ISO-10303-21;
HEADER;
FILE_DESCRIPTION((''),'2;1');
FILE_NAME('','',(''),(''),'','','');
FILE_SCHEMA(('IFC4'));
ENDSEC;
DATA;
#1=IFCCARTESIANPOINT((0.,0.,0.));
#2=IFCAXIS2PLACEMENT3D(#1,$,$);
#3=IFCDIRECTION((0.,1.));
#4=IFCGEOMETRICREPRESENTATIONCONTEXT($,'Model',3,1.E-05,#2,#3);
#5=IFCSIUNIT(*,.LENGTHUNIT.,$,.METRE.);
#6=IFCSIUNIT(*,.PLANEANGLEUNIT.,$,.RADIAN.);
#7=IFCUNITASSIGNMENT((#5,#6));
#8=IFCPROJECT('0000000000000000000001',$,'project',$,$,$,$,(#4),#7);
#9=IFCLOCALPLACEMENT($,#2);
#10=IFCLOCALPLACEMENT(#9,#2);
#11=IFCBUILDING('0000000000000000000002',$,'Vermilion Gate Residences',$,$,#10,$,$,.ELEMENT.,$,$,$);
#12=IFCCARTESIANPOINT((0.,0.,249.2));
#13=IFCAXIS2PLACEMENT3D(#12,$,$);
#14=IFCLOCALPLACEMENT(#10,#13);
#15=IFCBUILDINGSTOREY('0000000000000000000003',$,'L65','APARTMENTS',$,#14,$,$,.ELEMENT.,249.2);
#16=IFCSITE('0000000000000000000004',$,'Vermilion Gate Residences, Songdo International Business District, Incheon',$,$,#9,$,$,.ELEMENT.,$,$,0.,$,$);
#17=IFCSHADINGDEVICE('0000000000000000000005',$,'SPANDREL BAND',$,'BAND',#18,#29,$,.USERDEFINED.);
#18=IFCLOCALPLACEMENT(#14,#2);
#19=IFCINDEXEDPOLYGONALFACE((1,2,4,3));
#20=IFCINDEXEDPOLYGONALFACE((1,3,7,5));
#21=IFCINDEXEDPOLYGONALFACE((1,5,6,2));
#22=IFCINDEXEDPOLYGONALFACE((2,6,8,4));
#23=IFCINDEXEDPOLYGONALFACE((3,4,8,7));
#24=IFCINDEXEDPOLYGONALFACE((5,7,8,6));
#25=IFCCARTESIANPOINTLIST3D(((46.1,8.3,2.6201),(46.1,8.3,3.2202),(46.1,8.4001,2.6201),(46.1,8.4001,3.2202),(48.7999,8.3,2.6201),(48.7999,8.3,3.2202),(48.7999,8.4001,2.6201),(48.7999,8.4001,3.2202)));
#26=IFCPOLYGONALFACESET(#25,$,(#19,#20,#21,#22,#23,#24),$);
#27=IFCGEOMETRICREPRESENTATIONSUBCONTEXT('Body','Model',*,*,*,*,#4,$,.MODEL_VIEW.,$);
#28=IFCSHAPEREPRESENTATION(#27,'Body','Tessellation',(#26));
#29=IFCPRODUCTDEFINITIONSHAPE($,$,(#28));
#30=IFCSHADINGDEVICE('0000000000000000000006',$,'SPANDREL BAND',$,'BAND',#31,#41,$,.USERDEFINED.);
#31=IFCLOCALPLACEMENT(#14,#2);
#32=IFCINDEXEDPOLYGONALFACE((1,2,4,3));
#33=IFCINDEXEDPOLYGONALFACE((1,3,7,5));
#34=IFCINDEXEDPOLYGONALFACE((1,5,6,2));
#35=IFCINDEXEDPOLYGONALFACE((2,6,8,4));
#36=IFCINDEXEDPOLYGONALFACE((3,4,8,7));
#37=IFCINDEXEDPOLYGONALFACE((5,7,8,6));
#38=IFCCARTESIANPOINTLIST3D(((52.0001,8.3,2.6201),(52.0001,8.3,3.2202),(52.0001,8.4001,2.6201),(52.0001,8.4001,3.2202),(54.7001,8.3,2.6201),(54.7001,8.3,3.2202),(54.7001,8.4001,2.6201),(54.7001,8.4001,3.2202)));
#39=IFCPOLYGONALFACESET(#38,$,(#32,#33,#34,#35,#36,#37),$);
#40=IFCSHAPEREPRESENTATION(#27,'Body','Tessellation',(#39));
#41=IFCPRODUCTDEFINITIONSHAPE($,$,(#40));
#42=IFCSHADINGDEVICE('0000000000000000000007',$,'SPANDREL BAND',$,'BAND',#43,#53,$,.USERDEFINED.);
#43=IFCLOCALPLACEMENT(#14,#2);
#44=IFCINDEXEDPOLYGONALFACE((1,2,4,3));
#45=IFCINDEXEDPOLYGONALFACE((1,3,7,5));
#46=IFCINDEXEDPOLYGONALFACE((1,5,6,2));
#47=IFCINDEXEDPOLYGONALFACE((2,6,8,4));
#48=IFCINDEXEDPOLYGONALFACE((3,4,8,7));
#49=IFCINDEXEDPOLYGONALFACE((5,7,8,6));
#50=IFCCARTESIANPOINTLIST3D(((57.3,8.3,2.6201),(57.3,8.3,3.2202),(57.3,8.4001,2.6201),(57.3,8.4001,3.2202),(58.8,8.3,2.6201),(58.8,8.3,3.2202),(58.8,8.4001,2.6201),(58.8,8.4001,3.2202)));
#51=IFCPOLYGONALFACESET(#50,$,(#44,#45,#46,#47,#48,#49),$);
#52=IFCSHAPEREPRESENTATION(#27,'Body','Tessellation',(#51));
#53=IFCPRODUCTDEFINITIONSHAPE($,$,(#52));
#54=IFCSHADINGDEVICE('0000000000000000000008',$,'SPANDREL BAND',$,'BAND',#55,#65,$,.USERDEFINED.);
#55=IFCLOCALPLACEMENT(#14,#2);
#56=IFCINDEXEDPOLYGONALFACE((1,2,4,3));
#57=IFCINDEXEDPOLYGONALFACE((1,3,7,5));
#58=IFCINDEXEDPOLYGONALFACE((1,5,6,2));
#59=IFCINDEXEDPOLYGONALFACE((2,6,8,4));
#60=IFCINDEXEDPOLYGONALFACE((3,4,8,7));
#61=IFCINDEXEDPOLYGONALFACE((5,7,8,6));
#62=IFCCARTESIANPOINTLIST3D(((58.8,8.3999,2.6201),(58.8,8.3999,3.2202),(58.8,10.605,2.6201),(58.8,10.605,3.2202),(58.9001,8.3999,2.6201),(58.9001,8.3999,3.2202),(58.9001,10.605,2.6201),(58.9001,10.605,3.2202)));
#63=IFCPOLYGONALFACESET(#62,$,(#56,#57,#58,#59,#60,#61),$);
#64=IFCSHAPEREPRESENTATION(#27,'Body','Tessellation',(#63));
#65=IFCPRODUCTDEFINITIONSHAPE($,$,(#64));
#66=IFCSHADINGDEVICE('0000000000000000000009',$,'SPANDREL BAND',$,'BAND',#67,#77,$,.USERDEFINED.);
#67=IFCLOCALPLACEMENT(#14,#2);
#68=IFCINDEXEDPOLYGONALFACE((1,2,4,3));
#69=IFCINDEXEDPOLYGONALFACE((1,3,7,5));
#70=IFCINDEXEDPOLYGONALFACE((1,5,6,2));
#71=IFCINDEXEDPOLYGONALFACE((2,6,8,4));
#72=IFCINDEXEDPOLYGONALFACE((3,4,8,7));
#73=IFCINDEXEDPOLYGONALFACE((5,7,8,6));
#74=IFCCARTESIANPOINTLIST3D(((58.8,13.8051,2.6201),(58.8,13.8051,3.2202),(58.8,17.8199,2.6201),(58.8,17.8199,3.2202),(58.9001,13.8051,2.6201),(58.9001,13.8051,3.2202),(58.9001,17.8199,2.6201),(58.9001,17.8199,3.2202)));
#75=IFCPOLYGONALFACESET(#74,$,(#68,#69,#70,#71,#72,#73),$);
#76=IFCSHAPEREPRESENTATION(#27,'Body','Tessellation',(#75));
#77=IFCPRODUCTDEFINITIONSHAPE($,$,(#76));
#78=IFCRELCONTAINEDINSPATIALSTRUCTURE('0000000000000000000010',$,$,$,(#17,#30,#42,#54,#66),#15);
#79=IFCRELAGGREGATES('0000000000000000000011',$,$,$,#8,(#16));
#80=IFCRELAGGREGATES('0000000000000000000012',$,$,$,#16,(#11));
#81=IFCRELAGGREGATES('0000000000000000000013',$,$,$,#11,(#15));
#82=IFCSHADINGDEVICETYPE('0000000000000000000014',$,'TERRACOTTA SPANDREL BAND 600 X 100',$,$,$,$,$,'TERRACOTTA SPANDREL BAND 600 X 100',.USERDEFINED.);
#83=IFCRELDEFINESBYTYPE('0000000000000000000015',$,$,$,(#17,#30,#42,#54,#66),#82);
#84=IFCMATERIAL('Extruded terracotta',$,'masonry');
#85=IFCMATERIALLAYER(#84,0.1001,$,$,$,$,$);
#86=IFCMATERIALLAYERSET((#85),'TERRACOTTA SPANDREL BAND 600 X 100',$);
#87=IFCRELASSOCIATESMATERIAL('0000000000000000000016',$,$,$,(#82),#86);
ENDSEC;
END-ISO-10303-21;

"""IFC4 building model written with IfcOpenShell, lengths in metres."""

from ifc_helpers import new_model, si_unit, direction, frame, origin, origin_2d, place, context, subcontext, project, spatial, rectangle, extrude, material, layer, layer_set, type_object, element, save


model = new_model("IFC4")

# Units and contexts
model_context = context("Model", 3, precision=1e-05, world=origin(), true_north=direction((0.0, 1.0)))
body_context = subcontext(model_context, "Body", "Model", "MODEL_VIEW")
ifc_project = project(units=[si_unit("LENGTHUNIT", "METRE"), si_unit("PLANEANGLEUNIT", "RADIAN")], contexts=[model_context])

# Site, building, storey
site_placement = place(None, origin())
site = spatial("IfcSite", under=ifc_project, at=site_placement, Name="Vermilion Gate Residences, Songdo International Business District, Incheon", CompositionType="ELEMENT", RefElevation=0.0)
building_placement = place(site_placement, origin())
building = spatial("IfcBuilding", under=site, at=building_placement, Name="Vermilion Gate Residences", CompositionType="ELEMENT")
storey_placement = place(building_placement, frame((0.0, 0.0, 249.2)))
storey = spatial("IfcBuildingStorey", under=building, at=storey_placement, Name="L65", Description="APARTMENTS", CompositionType="ELEMENT", Elevation=249.2)

# Shading devices
ifc_material_1 = material(Name="Extruded terracotta", Category="masonry")
ifc_layer_1 = layer(ifc_material_1, 0.1001)
ifc_layer_set_1 = layer_set([ifc_layer_1], Name="TERRACOTTA SPANDREL BAND 600 X 100")
shading_device_type = type_object("IfcShadingDeviceType", Name="TERRACOTTA SPANDREL BAND 600 X 100", ElementType="TERRACOTTA SPANDREL BAND 600 X 100", PredefinedType="USERDEFINED", material=ifc_layer_set_1)
for number, where, z_axis, x_axis, name in (
    (1, (47.45, 8.3501, 2.6201), (0.0, 0.0, 1.0), (1.0, 0.0, 0.0), "SPANDREL BAND"),
    (2, (53.3501, 8.3501, 2.6201), (0.0, 0.0, 1.0), (1.0, 0.0, 0.0), "SPANDREL BAND"),
):
    element("IfcShadingDevice", number, at=place(storey_placement, frame(where, z_axis=z_axis, x_axis=x_axis)), inside=storey, type_object=shading_device_type, Name=name, ObjectType="BAND", PredefinedType="USERDEFINED", context=body_context, shape_type="SweptSolid", body=[
        extrude(rectangle(XDim=2.7, YDim=0.1001, at=origin_2d()), origin(), (0.0, 0.0, 1.0), 0.6001),
    ])
shading_device_1_placement = place(storey_placement, frame((58.05, 8.3501, 2.6201), z_axis=(0.0, 0.0, 1.0), x_axis=(1.0, 0.0, 0.0)))
element("IfcShadingDevice", 3, at=shading_device_1_placement, inside=storey, type_object=shading_device_type, Name="SPANDREL BAND", ObjectType="BAND", PredefinedType="USERDEFINED", context=body_context, shape_type="SweptSolid", body=[
    extrude(rectangle(XDim=1.5, YDim=0.1001, at=origin_2d()), origin(), (0.0, 0.0, 1.0), 0.6001),
])
shading_device_2_placement = place(storey_placement, frame((58.8501, 9.5024, 2.6201), z_axis=(0.0, 0.0, 1.0), x_axis=(0.0, 1.0, 0.0)))
element("IfcShadingDevice", 4, at=shading_device_2_placement, inside=storey, type_object=shading_device_type, Name="SPANDREL BAND", ObjectType="BAND", PredefinedType="USERDEFINED", context=body_context, shape_type="SweptSolid", body=[
    extrude(rectangle(XDim=2.2051, YDim=0.1001, at=origin_2d()), origin(), (0.0, 0.0, 1.0), 0.6001),
])
shading_device_3_placement = place(storey_placement, frame((58.8501, 15.8125, 2.6201), z_axis=(0.0, 0.0, 1.0), x_axis=(0.0, 1.0, 0.0)))
element("IfcShadingDevice", 5, at=shading_device_3_placement, inside=storey, type_object=shading_device_type, Name="SPANDREL BAND", ObjectType="BAND", PredefinedType="USERDEFINED", context=body_context, shape_type="SweptSolid", body=[
    extrude(rectangle(XDim=4.0149, YDim=0.1001, at=origin_2d()), origin(), (0.0, 0.0, 1.0), 0.6001),
])

save(model, "model.ifc")
